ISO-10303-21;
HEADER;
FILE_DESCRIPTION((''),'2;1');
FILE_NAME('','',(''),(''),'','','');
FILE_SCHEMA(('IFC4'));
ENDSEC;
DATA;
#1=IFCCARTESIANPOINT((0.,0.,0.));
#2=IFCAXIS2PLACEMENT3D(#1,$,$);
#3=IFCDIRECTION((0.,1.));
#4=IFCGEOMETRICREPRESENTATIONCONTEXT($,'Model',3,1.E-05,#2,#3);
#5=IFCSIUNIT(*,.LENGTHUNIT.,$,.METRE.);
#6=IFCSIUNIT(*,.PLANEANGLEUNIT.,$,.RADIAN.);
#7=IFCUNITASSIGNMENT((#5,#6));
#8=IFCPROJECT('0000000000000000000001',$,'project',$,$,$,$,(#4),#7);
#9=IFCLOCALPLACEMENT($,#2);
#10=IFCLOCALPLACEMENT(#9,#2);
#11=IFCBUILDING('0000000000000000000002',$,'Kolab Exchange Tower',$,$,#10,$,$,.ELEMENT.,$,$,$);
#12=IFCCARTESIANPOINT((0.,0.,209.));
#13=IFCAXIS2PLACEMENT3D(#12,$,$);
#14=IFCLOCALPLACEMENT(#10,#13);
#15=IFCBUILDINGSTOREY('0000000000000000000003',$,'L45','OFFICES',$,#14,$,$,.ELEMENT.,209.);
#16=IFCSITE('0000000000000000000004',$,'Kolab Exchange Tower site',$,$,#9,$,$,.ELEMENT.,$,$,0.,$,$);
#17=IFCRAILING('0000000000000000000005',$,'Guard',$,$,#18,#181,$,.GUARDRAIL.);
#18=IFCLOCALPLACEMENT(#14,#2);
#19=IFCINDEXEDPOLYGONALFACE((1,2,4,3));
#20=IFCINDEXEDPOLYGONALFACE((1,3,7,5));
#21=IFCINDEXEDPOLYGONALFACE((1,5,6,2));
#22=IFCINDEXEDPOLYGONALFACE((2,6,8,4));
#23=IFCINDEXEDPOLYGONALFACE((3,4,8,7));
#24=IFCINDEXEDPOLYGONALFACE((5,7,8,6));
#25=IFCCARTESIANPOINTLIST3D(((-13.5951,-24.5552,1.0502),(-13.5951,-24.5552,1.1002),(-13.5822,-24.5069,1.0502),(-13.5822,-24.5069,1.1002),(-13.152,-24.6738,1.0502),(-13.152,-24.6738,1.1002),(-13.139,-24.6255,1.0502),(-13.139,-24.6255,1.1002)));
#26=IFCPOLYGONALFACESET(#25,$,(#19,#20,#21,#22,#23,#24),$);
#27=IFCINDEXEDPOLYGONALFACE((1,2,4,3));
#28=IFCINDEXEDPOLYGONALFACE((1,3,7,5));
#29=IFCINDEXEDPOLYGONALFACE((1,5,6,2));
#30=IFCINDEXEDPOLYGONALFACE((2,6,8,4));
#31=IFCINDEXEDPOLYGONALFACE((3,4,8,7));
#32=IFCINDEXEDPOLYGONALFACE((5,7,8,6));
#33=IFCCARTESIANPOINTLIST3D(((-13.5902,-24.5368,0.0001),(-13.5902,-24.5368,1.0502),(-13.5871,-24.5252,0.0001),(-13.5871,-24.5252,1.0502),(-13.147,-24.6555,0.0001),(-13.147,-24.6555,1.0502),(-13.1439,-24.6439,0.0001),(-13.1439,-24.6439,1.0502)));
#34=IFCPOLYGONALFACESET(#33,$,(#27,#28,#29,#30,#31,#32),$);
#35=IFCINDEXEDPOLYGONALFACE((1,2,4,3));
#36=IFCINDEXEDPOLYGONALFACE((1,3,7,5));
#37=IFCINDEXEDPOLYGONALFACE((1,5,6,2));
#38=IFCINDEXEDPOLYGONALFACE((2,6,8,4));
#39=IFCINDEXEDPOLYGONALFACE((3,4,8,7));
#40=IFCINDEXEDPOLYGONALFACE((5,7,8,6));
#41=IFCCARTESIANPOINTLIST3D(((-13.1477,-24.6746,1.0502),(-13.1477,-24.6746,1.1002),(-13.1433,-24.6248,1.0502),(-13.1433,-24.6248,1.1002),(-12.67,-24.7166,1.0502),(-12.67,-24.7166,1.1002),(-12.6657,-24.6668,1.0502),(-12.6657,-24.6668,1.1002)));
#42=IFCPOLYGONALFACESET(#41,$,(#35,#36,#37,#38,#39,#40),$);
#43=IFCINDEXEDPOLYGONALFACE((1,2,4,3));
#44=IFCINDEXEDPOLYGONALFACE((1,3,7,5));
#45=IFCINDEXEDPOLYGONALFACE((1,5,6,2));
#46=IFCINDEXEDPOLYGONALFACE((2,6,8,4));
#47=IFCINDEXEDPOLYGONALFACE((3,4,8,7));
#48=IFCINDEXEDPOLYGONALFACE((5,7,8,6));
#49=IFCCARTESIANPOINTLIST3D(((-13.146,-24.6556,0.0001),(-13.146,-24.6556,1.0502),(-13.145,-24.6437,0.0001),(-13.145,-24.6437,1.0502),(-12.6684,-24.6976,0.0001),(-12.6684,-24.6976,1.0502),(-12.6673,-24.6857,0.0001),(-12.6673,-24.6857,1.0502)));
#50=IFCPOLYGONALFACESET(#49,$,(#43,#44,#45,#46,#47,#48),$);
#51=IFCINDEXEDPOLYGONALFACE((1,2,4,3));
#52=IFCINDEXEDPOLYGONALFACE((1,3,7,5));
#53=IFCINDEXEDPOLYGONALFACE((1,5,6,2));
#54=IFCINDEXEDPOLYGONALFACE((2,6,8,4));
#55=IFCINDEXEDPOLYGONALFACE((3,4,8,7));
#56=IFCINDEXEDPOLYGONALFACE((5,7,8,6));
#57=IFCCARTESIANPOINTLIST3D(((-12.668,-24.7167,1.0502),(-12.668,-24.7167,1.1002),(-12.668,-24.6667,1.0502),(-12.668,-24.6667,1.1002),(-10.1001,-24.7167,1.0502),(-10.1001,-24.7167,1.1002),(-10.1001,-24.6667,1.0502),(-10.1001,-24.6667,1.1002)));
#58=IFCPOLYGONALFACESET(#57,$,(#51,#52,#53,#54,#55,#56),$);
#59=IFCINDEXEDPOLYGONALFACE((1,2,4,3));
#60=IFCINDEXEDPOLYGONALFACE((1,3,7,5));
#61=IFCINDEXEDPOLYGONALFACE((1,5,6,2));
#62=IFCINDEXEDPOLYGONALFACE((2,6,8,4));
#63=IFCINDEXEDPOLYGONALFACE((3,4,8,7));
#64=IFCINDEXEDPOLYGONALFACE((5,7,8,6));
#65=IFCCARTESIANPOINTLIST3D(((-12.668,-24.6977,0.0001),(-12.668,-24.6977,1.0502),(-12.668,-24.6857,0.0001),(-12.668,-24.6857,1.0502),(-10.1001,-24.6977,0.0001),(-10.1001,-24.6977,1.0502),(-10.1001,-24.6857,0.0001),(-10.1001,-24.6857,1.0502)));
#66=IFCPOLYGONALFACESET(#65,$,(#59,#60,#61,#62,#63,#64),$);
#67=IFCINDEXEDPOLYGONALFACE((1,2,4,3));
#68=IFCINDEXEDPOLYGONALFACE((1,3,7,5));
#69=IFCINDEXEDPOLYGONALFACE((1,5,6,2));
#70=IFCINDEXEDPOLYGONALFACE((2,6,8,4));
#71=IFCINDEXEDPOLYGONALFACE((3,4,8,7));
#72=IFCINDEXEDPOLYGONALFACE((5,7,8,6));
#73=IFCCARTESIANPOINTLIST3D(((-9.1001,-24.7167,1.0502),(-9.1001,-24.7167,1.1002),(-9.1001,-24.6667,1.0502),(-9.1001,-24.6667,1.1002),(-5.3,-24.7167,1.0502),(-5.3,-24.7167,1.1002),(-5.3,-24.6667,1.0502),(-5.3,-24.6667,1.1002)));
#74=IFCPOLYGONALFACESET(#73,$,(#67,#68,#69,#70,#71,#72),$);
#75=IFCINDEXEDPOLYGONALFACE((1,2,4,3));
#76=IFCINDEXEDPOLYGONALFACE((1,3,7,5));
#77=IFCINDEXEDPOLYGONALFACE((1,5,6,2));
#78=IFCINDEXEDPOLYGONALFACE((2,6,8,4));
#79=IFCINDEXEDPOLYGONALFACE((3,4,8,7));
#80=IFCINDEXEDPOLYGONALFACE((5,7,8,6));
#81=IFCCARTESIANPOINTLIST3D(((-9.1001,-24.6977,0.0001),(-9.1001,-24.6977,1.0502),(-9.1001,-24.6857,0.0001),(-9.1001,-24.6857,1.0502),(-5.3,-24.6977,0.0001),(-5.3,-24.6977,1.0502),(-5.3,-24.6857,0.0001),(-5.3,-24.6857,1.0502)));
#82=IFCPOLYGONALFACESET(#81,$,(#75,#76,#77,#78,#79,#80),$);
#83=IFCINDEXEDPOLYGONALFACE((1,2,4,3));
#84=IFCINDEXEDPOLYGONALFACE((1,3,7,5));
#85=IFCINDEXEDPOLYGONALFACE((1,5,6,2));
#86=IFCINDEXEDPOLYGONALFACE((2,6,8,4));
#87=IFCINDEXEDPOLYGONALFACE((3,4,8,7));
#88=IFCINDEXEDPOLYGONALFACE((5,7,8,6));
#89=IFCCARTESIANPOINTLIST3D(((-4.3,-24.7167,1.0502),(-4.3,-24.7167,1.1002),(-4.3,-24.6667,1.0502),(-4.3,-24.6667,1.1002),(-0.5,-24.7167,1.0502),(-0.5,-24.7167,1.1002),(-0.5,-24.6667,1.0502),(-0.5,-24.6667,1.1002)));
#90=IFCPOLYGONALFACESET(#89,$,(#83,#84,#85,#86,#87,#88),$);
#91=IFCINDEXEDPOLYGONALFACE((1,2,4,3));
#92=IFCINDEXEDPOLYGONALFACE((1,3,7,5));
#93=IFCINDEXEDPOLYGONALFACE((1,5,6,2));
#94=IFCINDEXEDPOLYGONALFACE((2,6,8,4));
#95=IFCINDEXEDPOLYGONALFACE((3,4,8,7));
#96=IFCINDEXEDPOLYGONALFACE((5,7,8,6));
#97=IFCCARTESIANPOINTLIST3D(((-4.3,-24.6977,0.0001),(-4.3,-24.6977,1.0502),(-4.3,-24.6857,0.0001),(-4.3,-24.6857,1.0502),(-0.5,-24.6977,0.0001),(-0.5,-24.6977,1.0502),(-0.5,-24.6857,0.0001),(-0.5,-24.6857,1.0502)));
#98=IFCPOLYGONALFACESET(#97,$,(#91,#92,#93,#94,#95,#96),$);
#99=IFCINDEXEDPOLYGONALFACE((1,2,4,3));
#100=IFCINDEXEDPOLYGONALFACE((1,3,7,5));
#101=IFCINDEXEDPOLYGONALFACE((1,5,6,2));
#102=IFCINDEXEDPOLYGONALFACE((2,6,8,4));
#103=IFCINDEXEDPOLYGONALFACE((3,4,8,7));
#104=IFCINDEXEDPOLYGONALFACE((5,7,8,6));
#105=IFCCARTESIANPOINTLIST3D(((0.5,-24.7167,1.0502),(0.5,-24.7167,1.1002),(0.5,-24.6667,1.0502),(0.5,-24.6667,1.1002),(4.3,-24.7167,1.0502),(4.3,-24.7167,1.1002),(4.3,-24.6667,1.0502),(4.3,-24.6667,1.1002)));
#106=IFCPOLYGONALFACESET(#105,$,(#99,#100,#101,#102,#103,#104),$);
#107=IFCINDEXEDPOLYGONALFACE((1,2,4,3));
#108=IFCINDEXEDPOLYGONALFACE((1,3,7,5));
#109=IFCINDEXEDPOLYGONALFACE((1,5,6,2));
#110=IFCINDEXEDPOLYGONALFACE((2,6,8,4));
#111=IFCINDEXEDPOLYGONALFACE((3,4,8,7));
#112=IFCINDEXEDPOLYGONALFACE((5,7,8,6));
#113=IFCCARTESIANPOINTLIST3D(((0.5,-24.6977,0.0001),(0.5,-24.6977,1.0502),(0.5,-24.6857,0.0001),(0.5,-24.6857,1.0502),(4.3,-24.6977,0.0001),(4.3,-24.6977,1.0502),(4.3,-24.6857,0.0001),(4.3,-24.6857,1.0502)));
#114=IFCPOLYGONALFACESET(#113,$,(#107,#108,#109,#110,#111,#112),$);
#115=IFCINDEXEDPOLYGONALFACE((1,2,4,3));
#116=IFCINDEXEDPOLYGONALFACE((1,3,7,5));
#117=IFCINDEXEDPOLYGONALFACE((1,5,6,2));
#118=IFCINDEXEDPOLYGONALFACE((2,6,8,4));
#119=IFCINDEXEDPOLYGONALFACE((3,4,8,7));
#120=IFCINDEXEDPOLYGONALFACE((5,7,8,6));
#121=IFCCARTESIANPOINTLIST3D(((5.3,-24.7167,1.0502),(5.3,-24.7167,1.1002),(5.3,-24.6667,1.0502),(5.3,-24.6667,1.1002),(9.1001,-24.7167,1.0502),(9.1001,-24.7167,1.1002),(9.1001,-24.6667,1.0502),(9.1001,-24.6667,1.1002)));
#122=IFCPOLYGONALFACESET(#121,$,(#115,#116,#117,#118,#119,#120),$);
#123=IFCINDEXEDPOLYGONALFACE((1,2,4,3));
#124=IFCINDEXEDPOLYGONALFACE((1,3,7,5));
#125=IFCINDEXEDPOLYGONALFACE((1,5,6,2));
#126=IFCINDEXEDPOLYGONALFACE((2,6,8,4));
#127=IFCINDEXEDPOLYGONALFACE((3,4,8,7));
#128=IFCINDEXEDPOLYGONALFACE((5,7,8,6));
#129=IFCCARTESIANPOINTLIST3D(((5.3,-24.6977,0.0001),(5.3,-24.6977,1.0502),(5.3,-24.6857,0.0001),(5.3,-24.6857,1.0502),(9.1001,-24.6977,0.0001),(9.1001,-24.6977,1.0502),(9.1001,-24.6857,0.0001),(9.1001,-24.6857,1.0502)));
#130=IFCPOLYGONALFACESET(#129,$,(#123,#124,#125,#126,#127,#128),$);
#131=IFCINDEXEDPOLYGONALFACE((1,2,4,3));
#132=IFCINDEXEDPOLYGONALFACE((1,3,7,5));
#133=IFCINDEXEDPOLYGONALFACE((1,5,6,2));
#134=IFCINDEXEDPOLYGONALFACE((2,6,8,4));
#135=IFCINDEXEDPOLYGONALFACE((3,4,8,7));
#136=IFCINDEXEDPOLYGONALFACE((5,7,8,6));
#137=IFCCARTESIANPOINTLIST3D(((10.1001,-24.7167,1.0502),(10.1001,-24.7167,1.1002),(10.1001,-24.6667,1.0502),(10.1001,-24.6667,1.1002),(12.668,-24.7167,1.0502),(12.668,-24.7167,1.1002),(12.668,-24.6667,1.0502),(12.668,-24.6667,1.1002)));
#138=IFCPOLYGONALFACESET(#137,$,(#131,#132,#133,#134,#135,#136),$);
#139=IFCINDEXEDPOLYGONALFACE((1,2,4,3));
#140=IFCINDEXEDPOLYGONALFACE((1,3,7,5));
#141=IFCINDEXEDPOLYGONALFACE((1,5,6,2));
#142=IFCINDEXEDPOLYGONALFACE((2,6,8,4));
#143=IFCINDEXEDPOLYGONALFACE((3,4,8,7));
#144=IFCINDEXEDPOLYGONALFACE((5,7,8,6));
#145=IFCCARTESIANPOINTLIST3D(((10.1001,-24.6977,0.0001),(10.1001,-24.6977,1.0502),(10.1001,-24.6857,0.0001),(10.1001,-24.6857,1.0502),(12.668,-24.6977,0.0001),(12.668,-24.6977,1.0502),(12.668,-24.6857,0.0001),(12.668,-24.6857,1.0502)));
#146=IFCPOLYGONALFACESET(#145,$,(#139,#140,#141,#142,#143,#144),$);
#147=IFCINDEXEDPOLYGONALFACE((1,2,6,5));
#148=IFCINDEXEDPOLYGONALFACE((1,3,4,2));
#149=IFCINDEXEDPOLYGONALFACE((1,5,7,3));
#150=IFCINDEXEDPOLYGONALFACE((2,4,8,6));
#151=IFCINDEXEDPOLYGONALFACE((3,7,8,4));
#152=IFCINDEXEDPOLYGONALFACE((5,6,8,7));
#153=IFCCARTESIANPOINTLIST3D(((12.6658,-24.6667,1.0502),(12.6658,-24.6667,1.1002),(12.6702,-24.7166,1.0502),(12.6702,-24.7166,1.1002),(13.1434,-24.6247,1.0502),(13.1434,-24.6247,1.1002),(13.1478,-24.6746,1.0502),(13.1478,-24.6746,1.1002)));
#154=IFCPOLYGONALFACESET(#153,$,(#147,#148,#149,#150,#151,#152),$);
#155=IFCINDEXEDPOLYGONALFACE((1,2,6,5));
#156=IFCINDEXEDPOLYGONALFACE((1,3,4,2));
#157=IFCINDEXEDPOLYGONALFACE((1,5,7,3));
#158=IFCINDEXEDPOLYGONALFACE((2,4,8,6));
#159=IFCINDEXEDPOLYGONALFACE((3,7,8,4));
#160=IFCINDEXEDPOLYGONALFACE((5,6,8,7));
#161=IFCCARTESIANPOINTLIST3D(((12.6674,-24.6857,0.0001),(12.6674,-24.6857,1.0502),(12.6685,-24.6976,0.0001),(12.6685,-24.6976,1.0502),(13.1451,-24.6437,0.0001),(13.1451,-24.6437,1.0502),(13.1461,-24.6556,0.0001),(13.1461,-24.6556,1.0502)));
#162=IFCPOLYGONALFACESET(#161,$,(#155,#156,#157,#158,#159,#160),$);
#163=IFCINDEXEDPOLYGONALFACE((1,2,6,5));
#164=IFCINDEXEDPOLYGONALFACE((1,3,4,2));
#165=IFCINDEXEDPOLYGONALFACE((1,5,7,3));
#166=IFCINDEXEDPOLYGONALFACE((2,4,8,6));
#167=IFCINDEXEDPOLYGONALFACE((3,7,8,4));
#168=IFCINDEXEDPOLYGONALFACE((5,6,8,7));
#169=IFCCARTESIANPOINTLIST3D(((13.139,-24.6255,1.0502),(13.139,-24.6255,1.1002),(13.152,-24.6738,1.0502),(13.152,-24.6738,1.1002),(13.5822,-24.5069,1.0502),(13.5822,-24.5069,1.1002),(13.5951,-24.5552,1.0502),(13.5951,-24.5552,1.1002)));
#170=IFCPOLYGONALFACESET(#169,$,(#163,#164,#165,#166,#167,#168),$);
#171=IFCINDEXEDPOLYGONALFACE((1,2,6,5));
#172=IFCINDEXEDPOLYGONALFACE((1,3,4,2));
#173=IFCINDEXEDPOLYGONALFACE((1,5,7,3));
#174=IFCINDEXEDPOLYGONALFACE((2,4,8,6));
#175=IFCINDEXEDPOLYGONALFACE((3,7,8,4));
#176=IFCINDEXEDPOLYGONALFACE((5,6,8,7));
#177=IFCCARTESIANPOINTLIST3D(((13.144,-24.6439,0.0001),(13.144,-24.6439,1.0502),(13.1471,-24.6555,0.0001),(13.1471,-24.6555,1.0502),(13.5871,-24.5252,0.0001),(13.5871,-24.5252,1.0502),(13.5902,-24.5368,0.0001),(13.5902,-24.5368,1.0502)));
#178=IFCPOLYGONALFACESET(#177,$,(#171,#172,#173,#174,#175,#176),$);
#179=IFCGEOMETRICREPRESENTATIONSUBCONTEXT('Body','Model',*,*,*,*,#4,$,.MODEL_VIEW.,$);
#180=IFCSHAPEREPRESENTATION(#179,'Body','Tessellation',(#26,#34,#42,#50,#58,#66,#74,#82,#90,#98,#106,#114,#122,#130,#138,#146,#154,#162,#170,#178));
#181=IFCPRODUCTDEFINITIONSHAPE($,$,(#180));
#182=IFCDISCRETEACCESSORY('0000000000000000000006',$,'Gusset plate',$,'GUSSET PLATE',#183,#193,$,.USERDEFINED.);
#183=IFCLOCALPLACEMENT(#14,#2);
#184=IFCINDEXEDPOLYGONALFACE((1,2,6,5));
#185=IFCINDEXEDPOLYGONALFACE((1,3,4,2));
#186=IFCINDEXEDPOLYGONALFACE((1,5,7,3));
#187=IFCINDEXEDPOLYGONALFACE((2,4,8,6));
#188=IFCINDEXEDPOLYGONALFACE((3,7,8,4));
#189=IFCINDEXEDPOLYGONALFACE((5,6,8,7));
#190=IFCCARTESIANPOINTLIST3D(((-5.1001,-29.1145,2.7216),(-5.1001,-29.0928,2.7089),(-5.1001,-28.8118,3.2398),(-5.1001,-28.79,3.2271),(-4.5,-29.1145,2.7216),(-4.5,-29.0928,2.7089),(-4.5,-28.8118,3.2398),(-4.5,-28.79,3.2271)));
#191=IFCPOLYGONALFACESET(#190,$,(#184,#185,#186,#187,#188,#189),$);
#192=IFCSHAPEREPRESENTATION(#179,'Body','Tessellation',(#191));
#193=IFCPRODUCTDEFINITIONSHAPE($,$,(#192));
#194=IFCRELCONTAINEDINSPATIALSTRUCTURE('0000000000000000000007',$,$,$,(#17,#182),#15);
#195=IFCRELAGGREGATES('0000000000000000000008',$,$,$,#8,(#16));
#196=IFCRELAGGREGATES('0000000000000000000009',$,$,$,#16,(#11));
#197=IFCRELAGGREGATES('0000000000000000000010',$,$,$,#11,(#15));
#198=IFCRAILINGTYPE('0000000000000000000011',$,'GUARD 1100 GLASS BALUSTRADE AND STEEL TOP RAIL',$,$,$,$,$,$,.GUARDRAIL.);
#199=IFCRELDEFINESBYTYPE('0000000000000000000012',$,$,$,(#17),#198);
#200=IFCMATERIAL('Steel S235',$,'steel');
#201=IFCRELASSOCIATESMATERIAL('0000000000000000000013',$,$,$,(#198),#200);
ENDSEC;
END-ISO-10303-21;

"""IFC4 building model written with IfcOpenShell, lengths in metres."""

from ifc_helpers import new_model, si_unit, direction, frame, frame_2d, origin, origin_2d, place, context, subcontext, project, spatial, rectangle, extrude, material, type_object, element, save


model = new_model("IFC4")

# Units and contexts
model_context = context("Model", 3, precision=1e-05, world=origin(), true_north=direction((0.0, 1.0)))
body_context = subcontext(model_context, "Body", "Model", "MODEL_VIEW")
ifc_project = project(units=[si_unit("LENGTHUNIT", "METRE"), si_unit("PLANEANGLEUNIT", "RADIAN")], contexts=[model_context])

# Site, building, storey
site_placement = place(None, origin())
site = spatial("IfcSite", under=ifc_project, at=site_placement, Name="Kolab Exchange Tower site", CompositionType="ELEMENT", RefElevation=0.0)
building_placement = place(site_placement, origin())
building = spatial("IfcBuilding", under=site, at=building_placement, Name="Kolab Exchange Tower", CompositionType="ELEMENT")
storey_placement = place(building_placement, frame((0.0, 0.0, 209.0)))
storey = spatial("IfcBuildingStorey", under=building, at=storey_placement, Name="L45", Description="OFFICES", CompositionType="ELEMENT", Elevation=209.0)

# Railing
ifc_material_1 = material(Name="Steel S235", Category="steel")
railing_type = type_object("IfcRailingType", Name="GUARD 1100 GLASS BALUSTRADE AND STEEL TOP RAIL", PredefinedType="GUARDRAIL", material=ifc_material_1)
railing_placement = place(storey_placement, frame((-13.5886, -24.531, 0.0)))
element("IfcRailing", 1, at=railing_placement, inside=storey, type_object=railing_type, Name="Guard", PredefinedType="GUARDRAIL", context=body_context, shape_type="SweptSolid", body=[
    extrude(rectangle(XDim=0.05, YDim=0.05, at=origin_2d()), frame((0.0, 0.0, 1.0752), z_axis=(0.965969, -0.258656, 0.0), x_axis=(0.258656, 0.965969, 0.0)), (0.0, 0.0, 1.0), 0.4587),
    extrude(rectangle(XDim=0.012, YDim=1.0501, at=frame_2d((0.0, 0.5251))), frame((0.0, 0.0, 0.0), z_axis=(0.965969, -0.258656, 0.0), x_axis=(0.258656, 0.965969, 0.0)), (0.0, 0.0, 1.0), 0.4587),
    extrude(rectangle(XDim=0.05, YDim=0.05, at=origin_2d()), frame((0.4431, -0.1187, 1.0752), z_axis=(0.996156, -0.087597, 0.0), x_axis=(0.087597, 0.996156, 0.0)), (0.0, 0.0, 1.0), 0.4795),
    extrude(rectangle(XDim=0.012, YDim=1.0501, at=frame_2d((0.0, 0.5251))), frame((0.4431, -0.1187, 0.0), z_axis=(0.996156, -0.087597, 0.0), x_axis=(0.087597, 0.996156, 0.0)), (0.0, 0.0, 1.0), 0.4795),
    extrude(rectangle(XDim=0.05, YDim=0.05, at=origin_2d()), frame((0.9207, -0.1606, 1.0752), z_axis=(1.0, 0.0, 0.0), x_axis=(0.0, 1.0, 0.0)), (0.0, 0.0, 1.0), 2.5679),
    extrude(rectangle(XDim=0.012, YDim=1.0501, at=frame_2d((0.0, 0.5251))), frame((0.9207, -0.1606, 0.0), z_axis=(1.0, 0.0, 0.0), x_axis=(0.0, 1.0, 0.0)), (0.0, 0.0, 1.0), 2.5679),
    extrude(rectangle(XDim=0.05, YDim=0.05, at=origin_2d()), frame((4.4885, -0.1606, 1.0752), z_axis=(1.0, 0.0, 0.0), x_axis=(0.0, 1.0, 0.0)), (0.0, 0.0, 1.0), 3.8),
    extrude(rectangle(XDim=0.012, YDim=1.0501, at=frame_2d((0.0, 0.5251))), frame((4.4885, -0.1606, 0.0), z_axis=(1.0, 0.0, 0.0), x_axis=(0.0, 1.0, 0.0)), (0.0, 0.0, 1.0), 3.8),
    extrude(rectangle(XDim=0.05, YDim=0.05, at=origin_2d()), frame((9.2886, -0.1606, 1.0752), z_axis=(1.0, 0.0, 0.0), x_axis=(0.0, 1.0, 0.0)), (0.0, 0.0, 1.0), 3.8),
    extrude(rectangle(XDim=0.012, YDim=1.0501, at=frame_2d((0.0, 0.5251))), frame((9.2886, -0.1606, 0.0), z_axis=(1.0, 0.0, 0.0), x_axis=(0.0, 1.0, 0.0)), (0.0, 0.0, 1.0), 3.8),
    extrude(rectangle(XDim=0.05, YDim=0.05, at=origin_2d()), frame((14.0886, -0.1606, 1.0752), z_axis=(1.0, 0.0, 0.0), x_axis=(0.0, 1.0, 0.0)), (0.0, 0.0, 1.0), 3.8),
    extrude(rectangle(XDim=0.012, YDim=1.0501, at=frame_2d((0.0, 0.5251))), frame((14.0886, -0.1606, 0.0), z_axis=(1.0, 0.0, 0.0), x_axis=(0.0, 1.0, 0.0)), (0.0, 0.0, 1.0), 3.8),
    extrude(rectangle(XDim=0.05, YDim=0.05, at=origin_2d()), frame((18.8887, -0.1606, 1.0752), z_axis=(1.0, 0.0, 0.0), x_axis=(0.0, 1.0, 0.0)), (0.0, 0.0, 1.0), 3.8),
    extrude(rectangle(XDim=0.012, YDim=1.0501, at=frame_2d((0.0, 0.5251))), frame((18.8887, -0.1606, 0.0), z_axis=(1.0, 0.0, 0.0), x_axis=(0.0, 1.0, 0.0)), (0.0, 0.0, 1.0), 3.8),
    extrude(rectangle(XDim=0.05, YDim=0.05, at=origin_2d()), frame((23.6887, -0.1606, 1.0752), z_axis=(1.0, 0.0, 0.0), x_axis=(0.0, 1.0, 0.0)), (0.0, 0.0, 1.0), 2.5679),
    extrude(rectangle(XDim=0.012, YDim=1.0501, at=frame_2d((0.0, 0.5251))), frame((23.6887, -0.1606, 0.0), z_axis=(1.0, 0.0, 0.0), x_axis=(0.0, 1.0, 0.0)), (0.0, 0.0, 1.0), 2.5679),
    extrude(rectangle(XDim=0.05, YDim=0.05, at=origin_2d()), frame((26.2566, -0.1606, 1.0752), z_axis=(0.996156, 0.087597, 0.0), x_axis=(-0.087597, 0.996156, 0.0)), (0.0, 0.0, 1.0), 0.4795),
    extrude(rectangle(XDim=0.012, YDim=1.0501, at=frame_2d((0.0, 0.5251))), frame((26.2566, -0.1606, 0.0), z_axis=(0.996156, 0.087597, 0.0), x_axis=(-0.087597, 0.996156, 0.0)), (0.0, 0.0, 1.0), 0.4795),
    extrude(rectangle(XDim=0.05, YDim=0.05, at=origin_2d()), frame((26.7341, -0.1187, 1.0752), z_axis=(0.965969, 0.258656, 0.0), x_axis=(-0.258656, 0.965969, 0.0)), (0.0, 0.0, 1.0), 0.4587),
    extrude(rectangle(XDim=0.012, YDim=1.0501, at=frame_2d((0.0, 0.5251))), frame((26.7341, -0.1187, 0.0), z_axis=(0.965969, 0.258656, 0.0), x_axis=(-0.258656, 0.965969, 0.0)), (0.0, 0.0, 1.0), 0.4587),
])

# Discrete accessory
discrete_accessory_placement = place(storey_placement, frame((-4.8, -28.9414, 2.968), z_axis=(0.0, -0.863427, 0.504474), x_axis=(1.0, 0.0, 0.0)))
element("IfcDiscreteAccessory", 2, at=discrete_accessory_placement, inside=storey, Name="Gusset plate", ObjectType="GUSSET PLATE", PredefinedType="USERDEFINED", context=body_context, shape_type="SweptSolid", body=[
    extrude(rectangle(XDim=0.6001, YDim=0.6001, at=origin_2d()), origin(), (0.0, 0.0, 1.0), 0.0251),
])

save(model, "model.ifc")
